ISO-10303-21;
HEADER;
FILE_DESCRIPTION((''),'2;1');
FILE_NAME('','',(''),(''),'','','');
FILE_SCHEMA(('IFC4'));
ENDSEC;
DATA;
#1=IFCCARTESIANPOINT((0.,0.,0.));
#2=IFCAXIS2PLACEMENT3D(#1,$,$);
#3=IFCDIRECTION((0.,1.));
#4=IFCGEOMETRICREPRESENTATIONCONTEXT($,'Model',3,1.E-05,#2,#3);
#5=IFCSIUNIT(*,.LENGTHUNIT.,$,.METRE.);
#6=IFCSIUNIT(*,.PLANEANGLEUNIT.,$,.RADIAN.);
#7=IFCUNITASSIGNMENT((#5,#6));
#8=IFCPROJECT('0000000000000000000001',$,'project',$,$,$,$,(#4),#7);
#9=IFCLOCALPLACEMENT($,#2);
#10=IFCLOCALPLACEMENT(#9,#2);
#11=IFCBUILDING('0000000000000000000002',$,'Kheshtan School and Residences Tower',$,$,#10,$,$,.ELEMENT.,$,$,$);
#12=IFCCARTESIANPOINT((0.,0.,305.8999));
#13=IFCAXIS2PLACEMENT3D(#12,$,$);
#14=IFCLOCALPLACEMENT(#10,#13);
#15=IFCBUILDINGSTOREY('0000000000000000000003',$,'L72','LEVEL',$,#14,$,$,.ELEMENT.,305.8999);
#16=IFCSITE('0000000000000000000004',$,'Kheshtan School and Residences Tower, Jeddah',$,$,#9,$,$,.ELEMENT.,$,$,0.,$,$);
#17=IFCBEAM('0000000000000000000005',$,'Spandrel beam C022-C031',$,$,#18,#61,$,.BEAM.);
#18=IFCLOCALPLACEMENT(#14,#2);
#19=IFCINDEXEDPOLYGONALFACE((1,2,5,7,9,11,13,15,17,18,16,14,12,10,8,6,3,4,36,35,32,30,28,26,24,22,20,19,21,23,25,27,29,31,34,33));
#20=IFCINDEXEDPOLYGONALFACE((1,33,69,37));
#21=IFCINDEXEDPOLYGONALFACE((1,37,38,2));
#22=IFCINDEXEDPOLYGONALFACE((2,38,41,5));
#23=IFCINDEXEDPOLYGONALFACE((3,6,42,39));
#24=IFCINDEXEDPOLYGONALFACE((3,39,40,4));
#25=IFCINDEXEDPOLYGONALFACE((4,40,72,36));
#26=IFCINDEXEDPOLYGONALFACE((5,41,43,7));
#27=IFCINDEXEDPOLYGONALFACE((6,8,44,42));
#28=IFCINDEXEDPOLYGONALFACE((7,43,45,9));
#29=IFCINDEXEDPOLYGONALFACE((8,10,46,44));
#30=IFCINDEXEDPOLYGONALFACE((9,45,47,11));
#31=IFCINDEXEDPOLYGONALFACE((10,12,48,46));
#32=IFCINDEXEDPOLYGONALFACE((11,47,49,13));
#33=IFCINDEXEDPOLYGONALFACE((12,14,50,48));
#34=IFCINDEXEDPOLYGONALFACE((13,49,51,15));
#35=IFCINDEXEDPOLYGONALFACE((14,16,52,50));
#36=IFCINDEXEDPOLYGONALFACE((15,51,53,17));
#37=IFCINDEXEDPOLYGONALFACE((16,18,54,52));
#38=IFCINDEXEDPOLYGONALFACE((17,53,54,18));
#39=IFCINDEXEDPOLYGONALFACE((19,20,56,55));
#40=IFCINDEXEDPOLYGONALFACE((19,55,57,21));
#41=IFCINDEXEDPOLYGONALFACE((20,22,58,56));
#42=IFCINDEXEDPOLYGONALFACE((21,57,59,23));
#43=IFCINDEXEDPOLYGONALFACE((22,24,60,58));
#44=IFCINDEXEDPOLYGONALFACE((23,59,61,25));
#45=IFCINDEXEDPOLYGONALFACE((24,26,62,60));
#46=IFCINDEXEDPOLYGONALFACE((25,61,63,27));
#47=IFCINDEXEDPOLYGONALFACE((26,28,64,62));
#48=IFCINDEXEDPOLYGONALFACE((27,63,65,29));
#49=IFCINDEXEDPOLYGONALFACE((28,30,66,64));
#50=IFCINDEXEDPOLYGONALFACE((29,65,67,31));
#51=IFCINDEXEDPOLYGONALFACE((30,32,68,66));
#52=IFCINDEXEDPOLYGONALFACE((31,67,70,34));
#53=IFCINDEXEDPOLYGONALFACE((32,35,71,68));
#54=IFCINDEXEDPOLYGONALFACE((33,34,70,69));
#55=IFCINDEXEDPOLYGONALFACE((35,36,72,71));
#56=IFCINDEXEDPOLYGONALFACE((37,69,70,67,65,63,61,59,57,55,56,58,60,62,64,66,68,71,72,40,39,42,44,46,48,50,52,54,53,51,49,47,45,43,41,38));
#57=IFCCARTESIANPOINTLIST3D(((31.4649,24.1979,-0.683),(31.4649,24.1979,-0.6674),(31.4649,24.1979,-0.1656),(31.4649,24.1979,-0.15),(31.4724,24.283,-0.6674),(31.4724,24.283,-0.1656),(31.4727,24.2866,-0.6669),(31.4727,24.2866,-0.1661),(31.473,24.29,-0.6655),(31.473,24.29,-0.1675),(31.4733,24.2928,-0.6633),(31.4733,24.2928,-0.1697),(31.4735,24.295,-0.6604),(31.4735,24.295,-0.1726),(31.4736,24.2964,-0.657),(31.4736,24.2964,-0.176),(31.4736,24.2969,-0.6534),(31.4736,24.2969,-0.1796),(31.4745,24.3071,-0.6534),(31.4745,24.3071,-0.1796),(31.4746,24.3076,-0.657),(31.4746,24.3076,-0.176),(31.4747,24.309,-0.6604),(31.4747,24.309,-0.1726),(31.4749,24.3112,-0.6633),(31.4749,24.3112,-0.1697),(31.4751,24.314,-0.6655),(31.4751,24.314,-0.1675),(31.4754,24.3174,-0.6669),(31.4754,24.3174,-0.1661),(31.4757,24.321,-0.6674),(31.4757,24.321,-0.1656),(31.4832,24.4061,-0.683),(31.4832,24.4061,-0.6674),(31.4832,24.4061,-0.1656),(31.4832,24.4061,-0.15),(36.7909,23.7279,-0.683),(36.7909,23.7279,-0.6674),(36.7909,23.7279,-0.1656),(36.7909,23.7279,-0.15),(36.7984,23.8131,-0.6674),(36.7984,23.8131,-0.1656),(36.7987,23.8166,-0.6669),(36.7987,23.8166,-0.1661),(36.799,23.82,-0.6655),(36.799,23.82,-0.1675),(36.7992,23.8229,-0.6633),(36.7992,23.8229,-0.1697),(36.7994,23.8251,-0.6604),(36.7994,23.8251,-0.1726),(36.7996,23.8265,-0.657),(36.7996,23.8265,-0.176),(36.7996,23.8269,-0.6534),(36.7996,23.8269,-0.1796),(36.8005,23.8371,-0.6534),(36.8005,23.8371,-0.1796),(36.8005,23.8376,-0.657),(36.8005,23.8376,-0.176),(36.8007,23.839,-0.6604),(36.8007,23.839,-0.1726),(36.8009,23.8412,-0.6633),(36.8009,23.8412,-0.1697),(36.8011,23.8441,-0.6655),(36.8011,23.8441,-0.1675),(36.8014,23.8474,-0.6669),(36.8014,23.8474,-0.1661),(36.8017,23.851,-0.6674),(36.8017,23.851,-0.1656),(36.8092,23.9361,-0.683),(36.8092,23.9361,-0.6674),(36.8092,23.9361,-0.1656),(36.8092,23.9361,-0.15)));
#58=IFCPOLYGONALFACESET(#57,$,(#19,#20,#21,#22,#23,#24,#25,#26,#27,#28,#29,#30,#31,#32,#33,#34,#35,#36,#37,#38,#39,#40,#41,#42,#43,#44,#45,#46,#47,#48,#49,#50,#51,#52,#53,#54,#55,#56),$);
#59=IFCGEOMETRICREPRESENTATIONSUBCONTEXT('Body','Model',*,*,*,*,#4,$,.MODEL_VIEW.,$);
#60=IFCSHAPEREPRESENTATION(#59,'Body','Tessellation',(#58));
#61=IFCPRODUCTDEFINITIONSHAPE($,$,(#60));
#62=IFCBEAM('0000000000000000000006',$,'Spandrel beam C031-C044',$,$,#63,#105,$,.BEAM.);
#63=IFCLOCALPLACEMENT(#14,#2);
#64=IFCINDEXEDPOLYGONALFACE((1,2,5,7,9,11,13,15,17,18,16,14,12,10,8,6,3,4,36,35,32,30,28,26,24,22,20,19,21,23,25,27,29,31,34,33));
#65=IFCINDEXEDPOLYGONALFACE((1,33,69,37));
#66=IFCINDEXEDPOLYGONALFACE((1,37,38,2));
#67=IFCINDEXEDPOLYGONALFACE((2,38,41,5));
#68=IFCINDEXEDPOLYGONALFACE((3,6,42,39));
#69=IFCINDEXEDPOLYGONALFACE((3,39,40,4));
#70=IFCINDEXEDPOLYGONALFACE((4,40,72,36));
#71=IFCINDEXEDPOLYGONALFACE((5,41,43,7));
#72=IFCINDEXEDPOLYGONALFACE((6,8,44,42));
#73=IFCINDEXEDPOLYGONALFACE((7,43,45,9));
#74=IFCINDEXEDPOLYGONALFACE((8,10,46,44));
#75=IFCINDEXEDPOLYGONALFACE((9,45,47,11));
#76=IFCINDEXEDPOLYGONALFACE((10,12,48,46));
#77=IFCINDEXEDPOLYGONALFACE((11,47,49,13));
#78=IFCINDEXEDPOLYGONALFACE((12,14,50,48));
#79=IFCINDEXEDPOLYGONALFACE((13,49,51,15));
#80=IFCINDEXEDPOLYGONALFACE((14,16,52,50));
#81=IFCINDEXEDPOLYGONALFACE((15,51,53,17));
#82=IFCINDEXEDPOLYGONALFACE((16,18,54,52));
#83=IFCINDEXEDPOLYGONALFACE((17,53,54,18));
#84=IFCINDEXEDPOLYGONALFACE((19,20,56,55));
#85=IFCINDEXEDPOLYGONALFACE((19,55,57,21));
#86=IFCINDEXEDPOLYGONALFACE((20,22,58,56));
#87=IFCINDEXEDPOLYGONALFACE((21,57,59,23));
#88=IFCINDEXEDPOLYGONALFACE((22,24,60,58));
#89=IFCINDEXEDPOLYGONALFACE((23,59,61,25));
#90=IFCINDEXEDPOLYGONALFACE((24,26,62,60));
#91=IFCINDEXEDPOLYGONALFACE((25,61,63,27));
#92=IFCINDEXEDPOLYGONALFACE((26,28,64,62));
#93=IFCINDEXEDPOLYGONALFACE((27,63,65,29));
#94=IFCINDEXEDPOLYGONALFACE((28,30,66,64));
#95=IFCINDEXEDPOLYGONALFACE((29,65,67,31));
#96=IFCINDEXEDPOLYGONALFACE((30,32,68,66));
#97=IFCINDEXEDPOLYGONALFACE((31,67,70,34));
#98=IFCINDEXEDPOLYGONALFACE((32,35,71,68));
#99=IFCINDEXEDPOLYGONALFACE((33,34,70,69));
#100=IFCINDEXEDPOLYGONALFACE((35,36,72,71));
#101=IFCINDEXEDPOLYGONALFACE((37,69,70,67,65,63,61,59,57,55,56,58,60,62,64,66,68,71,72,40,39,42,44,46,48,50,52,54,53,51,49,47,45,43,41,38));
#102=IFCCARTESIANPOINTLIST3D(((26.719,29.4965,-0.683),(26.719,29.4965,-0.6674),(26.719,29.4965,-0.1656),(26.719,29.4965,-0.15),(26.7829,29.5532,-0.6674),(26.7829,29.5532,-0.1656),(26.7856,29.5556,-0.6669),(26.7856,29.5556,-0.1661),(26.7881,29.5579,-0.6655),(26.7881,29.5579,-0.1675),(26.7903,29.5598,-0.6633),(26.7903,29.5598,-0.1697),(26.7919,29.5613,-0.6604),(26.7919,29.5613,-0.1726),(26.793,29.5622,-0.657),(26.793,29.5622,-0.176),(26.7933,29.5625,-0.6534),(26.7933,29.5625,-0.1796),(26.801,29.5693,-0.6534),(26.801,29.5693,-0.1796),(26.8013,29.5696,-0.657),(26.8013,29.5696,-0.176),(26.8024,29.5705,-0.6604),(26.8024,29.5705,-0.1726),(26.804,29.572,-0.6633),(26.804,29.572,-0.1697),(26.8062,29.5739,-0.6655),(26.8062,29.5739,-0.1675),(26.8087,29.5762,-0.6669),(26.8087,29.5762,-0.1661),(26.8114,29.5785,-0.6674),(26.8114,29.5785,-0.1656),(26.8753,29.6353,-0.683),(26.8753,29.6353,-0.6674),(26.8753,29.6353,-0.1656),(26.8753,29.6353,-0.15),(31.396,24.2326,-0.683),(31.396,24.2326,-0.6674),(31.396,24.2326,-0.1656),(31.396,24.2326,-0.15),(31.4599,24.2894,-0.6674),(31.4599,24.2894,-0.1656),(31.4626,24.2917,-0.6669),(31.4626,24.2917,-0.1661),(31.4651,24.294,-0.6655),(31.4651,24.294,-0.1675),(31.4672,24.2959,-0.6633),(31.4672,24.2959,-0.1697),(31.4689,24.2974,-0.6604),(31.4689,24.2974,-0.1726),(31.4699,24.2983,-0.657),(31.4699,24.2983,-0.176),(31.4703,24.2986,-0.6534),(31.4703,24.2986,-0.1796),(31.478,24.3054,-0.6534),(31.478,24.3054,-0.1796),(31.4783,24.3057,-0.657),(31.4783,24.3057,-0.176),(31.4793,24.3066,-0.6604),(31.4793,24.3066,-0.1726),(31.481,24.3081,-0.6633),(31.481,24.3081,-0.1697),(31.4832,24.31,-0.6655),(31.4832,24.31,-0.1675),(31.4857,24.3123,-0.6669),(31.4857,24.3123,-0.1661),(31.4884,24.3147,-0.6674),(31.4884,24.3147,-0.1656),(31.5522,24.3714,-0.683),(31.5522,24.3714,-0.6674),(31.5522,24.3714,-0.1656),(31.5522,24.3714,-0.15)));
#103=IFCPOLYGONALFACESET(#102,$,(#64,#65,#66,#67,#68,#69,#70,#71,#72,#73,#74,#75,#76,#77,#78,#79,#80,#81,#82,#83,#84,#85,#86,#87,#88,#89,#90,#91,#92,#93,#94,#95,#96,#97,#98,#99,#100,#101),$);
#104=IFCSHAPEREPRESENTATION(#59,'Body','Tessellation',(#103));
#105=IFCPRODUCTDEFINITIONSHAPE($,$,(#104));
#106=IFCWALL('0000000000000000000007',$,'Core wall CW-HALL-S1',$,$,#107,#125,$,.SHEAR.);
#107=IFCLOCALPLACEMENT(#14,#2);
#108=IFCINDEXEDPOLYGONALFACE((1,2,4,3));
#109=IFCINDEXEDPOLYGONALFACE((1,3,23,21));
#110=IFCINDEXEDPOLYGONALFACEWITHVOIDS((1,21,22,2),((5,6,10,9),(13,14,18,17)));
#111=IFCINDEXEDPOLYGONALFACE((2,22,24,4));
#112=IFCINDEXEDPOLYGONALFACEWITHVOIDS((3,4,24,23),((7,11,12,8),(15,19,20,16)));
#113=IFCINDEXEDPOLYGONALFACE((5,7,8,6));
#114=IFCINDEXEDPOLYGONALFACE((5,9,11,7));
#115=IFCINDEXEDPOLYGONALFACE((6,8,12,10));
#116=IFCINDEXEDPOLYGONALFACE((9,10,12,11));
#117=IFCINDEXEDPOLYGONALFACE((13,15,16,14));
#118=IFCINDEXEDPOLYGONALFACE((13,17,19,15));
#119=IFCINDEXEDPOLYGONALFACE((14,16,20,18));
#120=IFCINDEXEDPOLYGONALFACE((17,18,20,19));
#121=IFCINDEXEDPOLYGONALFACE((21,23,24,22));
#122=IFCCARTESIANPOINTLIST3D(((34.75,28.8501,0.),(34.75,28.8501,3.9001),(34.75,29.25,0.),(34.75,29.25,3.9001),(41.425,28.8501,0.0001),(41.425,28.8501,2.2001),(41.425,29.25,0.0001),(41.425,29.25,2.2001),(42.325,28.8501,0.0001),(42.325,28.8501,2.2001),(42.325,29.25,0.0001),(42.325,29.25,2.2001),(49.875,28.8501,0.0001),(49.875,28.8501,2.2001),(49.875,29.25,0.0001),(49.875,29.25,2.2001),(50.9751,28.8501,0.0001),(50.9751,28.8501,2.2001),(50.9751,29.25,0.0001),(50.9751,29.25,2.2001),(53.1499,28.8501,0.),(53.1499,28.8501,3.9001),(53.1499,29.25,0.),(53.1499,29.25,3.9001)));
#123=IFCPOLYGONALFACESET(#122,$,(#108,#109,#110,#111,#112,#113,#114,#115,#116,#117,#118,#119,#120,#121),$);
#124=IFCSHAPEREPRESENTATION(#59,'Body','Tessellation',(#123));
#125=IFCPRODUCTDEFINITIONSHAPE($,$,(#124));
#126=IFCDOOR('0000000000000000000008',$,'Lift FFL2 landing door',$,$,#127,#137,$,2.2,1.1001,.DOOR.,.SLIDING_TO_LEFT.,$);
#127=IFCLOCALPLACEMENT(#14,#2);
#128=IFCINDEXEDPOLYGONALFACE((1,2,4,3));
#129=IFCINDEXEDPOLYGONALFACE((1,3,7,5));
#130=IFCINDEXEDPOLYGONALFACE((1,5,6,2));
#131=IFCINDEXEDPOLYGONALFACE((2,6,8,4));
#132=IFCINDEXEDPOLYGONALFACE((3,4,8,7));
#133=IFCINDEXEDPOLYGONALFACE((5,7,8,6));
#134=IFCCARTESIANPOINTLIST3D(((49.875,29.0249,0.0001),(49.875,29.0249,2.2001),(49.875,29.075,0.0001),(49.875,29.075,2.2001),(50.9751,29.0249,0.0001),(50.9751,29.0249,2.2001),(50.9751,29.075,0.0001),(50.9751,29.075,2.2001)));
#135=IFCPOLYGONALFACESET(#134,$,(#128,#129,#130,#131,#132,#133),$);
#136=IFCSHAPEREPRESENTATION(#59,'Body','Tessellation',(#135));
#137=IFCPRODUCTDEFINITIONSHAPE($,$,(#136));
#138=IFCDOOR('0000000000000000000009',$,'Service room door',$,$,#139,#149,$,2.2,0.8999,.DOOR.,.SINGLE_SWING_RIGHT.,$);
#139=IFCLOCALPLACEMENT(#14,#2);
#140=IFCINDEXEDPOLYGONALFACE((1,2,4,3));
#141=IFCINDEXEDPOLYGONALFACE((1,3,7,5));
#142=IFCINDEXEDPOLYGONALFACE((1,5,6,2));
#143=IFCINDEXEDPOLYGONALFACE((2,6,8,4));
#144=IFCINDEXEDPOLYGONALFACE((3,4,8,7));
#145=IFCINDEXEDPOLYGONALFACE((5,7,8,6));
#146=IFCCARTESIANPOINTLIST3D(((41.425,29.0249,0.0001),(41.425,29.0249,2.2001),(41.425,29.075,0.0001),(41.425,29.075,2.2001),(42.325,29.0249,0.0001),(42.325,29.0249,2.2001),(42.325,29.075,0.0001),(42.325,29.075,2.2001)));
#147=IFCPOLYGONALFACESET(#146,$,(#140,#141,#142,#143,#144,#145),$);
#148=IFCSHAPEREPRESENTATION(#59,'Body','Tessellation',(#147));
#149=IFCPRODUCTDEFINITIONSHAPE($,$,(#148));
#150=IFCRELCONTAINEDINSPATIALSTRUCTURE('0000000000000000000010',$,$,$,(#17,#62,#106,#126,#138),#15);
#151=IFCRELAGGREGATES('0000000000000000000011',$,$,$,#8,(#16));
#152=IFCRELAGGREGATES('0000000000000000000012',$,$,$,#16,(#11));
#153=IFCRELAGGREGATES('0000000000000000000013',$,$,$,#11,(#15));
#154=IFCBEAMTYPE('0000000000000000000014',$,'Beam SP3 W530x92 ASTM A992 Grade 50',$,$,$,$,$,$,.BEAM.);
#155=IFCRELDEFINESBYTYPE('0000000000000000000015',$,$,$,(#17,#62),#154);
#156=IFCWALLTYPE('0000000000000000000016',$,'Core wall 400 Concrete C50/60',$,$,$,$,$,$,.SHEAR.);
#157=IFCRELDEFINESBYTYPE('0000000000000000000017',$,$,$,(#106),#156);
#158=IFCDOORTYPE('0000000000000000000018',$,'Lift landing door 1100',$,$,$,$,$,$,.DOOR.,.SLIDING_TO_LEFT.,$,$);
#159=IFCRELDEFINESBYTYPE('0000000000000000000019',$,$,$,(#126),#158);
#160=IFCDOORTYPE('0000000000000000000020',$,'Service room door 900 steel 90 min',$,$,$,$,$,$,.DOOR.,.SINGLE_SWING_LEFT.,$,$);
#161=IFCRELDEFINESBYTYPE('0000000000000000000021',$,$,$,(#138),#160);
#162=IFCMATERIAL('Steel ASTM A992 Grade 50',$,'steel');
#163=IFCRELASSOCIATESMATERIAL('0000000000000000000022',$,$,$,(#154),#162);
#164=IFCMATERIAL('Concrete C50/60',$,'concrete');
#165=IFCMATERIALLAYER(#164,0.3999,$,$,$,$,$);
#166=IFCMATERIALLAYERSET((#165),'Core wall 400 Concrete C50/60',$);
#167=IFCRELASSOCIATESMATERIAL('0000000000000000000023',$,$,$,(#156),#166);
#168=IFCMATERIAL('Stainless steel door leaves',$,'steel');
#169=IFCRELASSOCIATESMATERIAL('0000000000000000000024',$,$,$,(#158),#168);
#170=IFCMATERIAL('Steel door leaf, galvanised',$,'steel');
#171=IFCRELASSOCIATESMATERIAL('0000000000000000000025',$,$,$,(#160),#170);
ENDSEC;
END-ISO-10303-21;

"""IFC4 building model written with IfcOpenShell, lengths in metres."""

from ifc_helpers import new_model, si_unit, direction, frame, frame_2d, origin, origin_2d, place, context, subcontext, project, spatial, rectangle, i_section, extrude, source, transform, mapped, material, layer, layer_set, material_profile, profile_set, type_object, element, fill, save


model = new_model("IFC4")

# Units and contexts
model_context = context("Model", 3, precision=1e-05, world=origin(), true_north=direction((0.0, 1.0)))
body_context = subcontext(model_context, "Body", "Model", "MODEL_VIEW")
ifc_project = project(units=[si_unit("LENGTHUNIT", "METRE"), si_unit("PLANEANGLEUNIT", "RADIAN")], contexts=[model_context])

# Site, building, storey
site_placement = place(None, origin())
site = spatial("IfcSite", under=ifc_project, at=site_placement, Name="Kheshtan School and Residences Tower, Jeddah", CompositionType="ELEMENT", RefElevation=0.0)
building_placement = place(site_placement, origin())
building = spatial("IfcBuilding", under=site, at=building_placement, Name="Kheshtan School and Residences Tower", CompositionType="ELEMENT")
storey_placement = place(building_placement, frame((0.0, 0.0, 305.8999)))
storey = spatial("IfcBuildingStorey", under=building, at=storey_placement, Name="L72", Description="LEVEL", CompositionType="ELEMENT", Elevation=305.8999)

# Shared definitions
ifc_material_1 = material(Name="Steel ASTM A992 Grade 50", Category="steel")

# Beams
ifc_material_profile_1 = material_profile(ifc_material_1, i_section(OverallWidth=0.209, OverallDepth=0.533, WebThickness=0.0103, FlangeThickness=0.0156, FilletRadius=0.0139, at=origin_2d()), Name="W530x92")
ifc_profile_set_1 = profile_set([ifc_material_profile_1], Name="Steel ASTM A992 Grade 50")
beam_type_1 = type_object("IfcBeamType", Name="Beam SP3 W530x92 ASTM A992 Grade 50", PredefinedType="BEAM", material=ifc_profile_set_1)
beam_1_placement = place(storey_placement, frame((36.8, 23.832, -0.4165), z_axis=(-0.996129, 0.0879, 0.0), x_axis=(-0.0879, -0.996129, 0.0)))
element("IfcBeam", 1, at=beam_1_placement, inside=storey, type_object=beam_type_1, Name="Spandrel beam C022-C031", PredefinedType="BEAM", context=body_context, shape_type="SweptSolid", body=[
    extrude(i_section(OverallWidth=0.209, OverallDepth=0.533, WebThickness=0.0103, FlangeThickness=0.0156, FilletRadius=0.0139, at=origin_2d()), origin(), (0.0, 0.0, 1.0), 5.3467),
])
beam_2_placement = place(storey_placement, frame((31.4741, 24.302, -0.4165), z_axis=(-0.664202, 0.747553, 0.0), x_axis=(-0.747553, -0.664202, 0.0)))
element("IfcBeam", 2, at=beam_2_placement, inside=storey, type_object=beam_type_1, Name="Spandrel beam C031-C044", PredefinedType="BEAM", context=body_context, shape_type="SweptSolid", body=[
    extrude(i_section(OverallWidth=0.209, OverallDepth=0.533, WebThickness=0.0103, FlangeThickness=0.0156, FilletRadius=0.0139, at=origin_2d()), origin(), (0.0, 0.0, 1.0), 7.0415),
])

# Wall, openings, doors
ifc_material_2 = material(Name="Concrete C50/60", Category="concrete")
ifc_layer_1 = layer(ifc_material_2, 0.3999)
ifc_layer_set_1 = layer_set([ifc_layer_1], Name="Core wall 400 Concrete C50/60")
wall_type_1 = type_object("IfcWallType", Name="Core wall 400 Concrete C50/60", PredefinedType="SHEAR", material=ifc_layer_set_1)
wall_1_placement = place(storey_placement, frame((34.75, 29.05, 0.0), z_axis=(0.0, 0.0, 1.0), x_axis=(1.0, 0.0, 0.0)))
wall_1 = element("IfcWall", 3, at=wall_1_placement, inside=storey, type_object=wall_type_1, Name="Core wall CW-HALL-S1", PredefinedType="SHEAR", context=body_context, shape_type="SweptSolid", body=[
    extrude(rectangle(XDim=18.3999, YDim=0.3999, at=frame_2d((9.2, 0.0))), origin(), (0.0, 0.0, 1.0), 3.9001),
])
opening_1_placement = place(wall_1_placement, frame((15.125, 0.0, 0.0)))
opening_1 = element("IfcOpeningElement", 4, at=opening_1_placement, cuts=wall_1, PredefinedType="OPENING", context=body_context, shape_type="SweptSolid", body=[
    extrude(rectangle(XDim=1.1001, YDim=2.2, at=frame_2d((0.55, 1.1001))), frame((0.0, 0.21, 0.0), z_axis=(0.0, -1.0, 0.0), x_axis=(1.0, 0.0, 0.0)), (0.0, 0.0, 1.0), 0.4199),
])
opening_2_placement = place(wall_1_placement, frame((6.675, 0.0, 0.0)))
opening_2 = element("IfcOpeningElement", 5, at=opening_2_placement, cuts=wall_1, PredefinedType="OPENING", context=body_context, shape_type="SweptSolid", body=[
    extrude(rectangle(XDim=0.8999, YDim=2.2, at=frame_2d((0.45, 1.1001))), frame((0.0, 0.21, 0.0), z_axis=(0.0, -1.0, 0.0), x_axis=(1.0, 0.0, 0.0)), (0.0, 0.0, 1.0), 0.4199),
])
ifc_material_3 = material(Name="Stainless steel door leaves", Category="steel")
door_type_1 = type_object("IfcDoorType", Name="Lift landing door 1100", OperationType="SLIDING_TO_LEFT", PredefinedType="DOOR", material=ifc_material_3)
shared_shape_1 = source(origin(), body_context, "Body", "SweptSolid", [
    extrude(rectangle(XDim=1.1001, YDim=2.2, at=frame_2d((0.55, 1.1001))), frame((0.0, 0.0249, 0.0), z_axis=(0.0, -1.0, 0.0), x_axis=(1.0, 0.0, 0.0)), (0.0, 0.0, 1.0), 0.05),
])
door_1_placement = place(opening_1_placement, origin())
door_1 = element("IfcDoor", 6, at=door_1_placement, inside=storey, type_object=door_type_1, Name="Lift FFL2 landing door", OperationType="SLIDING_TO_LEFT", OverallHeight=2.2, OverallWidth=1.1001, PredefinedType="DOOR", context=body_context, shape_type="MappedRepresentation", body=[
    mapped(shared_shape_1, transform((0.0, 0.0, 0.0), x_axis=(1.0, 0.0, 0.0), y_axis=(0.0, 1.0, 0.0), z_axis=(0.0, 0.0, 1.0), scale=1.0)),
])
fill(opening_1, door_1)
ifc_material_4 = material(Name="Steel door leaf, galvanised", Category="steel")
door_type_2 = type_object("IfcDoorType", Name="Service room door 900 steel 90 min", OperationType="SINGLE_SWING_LEFT", PredefinedType="DOOR", material=ifc_material_4)
shared_shape_2 = source(origin(), body_context, "Body", "SweptSolid", [
    extrude(rectangle(XDim=0.8999, YDim=2.2, at=frame_2d((0.45, 1.1001))), frame((0.0, 0.0249, 0.0), z_axis=(0.0, -1.0, 0.0), x_axis=(1.0, 0.0, 0.0)), (0.0, 0.0, 1.0), 0.05),
])
door_2_placement = place(opening_2_placement, origin())
door_2 = element("IfcDoor", 7, at=door_2_placement, inside=storey, type_object=door_type_2, Name="Service room door", OperationType="SINGLE_SWING_RIGHT", OverallHeight=2.2, OverallWidth=0.8999, PredefinedType="DOOR", context=body_context, shape_type="MappedRepresentation", body=[
    mapped(shared_shape_2, transform((0.0, 0.0, 0.0), x_axis=(1.0, 0.0, 0.0), y_axis=(0.0, 1.0, 0.0), z_axis=(0.0, 0.0, 1.0), scale=1.0)),
])
fill(opening_2, door_2)

save(model, "model.ifc")
